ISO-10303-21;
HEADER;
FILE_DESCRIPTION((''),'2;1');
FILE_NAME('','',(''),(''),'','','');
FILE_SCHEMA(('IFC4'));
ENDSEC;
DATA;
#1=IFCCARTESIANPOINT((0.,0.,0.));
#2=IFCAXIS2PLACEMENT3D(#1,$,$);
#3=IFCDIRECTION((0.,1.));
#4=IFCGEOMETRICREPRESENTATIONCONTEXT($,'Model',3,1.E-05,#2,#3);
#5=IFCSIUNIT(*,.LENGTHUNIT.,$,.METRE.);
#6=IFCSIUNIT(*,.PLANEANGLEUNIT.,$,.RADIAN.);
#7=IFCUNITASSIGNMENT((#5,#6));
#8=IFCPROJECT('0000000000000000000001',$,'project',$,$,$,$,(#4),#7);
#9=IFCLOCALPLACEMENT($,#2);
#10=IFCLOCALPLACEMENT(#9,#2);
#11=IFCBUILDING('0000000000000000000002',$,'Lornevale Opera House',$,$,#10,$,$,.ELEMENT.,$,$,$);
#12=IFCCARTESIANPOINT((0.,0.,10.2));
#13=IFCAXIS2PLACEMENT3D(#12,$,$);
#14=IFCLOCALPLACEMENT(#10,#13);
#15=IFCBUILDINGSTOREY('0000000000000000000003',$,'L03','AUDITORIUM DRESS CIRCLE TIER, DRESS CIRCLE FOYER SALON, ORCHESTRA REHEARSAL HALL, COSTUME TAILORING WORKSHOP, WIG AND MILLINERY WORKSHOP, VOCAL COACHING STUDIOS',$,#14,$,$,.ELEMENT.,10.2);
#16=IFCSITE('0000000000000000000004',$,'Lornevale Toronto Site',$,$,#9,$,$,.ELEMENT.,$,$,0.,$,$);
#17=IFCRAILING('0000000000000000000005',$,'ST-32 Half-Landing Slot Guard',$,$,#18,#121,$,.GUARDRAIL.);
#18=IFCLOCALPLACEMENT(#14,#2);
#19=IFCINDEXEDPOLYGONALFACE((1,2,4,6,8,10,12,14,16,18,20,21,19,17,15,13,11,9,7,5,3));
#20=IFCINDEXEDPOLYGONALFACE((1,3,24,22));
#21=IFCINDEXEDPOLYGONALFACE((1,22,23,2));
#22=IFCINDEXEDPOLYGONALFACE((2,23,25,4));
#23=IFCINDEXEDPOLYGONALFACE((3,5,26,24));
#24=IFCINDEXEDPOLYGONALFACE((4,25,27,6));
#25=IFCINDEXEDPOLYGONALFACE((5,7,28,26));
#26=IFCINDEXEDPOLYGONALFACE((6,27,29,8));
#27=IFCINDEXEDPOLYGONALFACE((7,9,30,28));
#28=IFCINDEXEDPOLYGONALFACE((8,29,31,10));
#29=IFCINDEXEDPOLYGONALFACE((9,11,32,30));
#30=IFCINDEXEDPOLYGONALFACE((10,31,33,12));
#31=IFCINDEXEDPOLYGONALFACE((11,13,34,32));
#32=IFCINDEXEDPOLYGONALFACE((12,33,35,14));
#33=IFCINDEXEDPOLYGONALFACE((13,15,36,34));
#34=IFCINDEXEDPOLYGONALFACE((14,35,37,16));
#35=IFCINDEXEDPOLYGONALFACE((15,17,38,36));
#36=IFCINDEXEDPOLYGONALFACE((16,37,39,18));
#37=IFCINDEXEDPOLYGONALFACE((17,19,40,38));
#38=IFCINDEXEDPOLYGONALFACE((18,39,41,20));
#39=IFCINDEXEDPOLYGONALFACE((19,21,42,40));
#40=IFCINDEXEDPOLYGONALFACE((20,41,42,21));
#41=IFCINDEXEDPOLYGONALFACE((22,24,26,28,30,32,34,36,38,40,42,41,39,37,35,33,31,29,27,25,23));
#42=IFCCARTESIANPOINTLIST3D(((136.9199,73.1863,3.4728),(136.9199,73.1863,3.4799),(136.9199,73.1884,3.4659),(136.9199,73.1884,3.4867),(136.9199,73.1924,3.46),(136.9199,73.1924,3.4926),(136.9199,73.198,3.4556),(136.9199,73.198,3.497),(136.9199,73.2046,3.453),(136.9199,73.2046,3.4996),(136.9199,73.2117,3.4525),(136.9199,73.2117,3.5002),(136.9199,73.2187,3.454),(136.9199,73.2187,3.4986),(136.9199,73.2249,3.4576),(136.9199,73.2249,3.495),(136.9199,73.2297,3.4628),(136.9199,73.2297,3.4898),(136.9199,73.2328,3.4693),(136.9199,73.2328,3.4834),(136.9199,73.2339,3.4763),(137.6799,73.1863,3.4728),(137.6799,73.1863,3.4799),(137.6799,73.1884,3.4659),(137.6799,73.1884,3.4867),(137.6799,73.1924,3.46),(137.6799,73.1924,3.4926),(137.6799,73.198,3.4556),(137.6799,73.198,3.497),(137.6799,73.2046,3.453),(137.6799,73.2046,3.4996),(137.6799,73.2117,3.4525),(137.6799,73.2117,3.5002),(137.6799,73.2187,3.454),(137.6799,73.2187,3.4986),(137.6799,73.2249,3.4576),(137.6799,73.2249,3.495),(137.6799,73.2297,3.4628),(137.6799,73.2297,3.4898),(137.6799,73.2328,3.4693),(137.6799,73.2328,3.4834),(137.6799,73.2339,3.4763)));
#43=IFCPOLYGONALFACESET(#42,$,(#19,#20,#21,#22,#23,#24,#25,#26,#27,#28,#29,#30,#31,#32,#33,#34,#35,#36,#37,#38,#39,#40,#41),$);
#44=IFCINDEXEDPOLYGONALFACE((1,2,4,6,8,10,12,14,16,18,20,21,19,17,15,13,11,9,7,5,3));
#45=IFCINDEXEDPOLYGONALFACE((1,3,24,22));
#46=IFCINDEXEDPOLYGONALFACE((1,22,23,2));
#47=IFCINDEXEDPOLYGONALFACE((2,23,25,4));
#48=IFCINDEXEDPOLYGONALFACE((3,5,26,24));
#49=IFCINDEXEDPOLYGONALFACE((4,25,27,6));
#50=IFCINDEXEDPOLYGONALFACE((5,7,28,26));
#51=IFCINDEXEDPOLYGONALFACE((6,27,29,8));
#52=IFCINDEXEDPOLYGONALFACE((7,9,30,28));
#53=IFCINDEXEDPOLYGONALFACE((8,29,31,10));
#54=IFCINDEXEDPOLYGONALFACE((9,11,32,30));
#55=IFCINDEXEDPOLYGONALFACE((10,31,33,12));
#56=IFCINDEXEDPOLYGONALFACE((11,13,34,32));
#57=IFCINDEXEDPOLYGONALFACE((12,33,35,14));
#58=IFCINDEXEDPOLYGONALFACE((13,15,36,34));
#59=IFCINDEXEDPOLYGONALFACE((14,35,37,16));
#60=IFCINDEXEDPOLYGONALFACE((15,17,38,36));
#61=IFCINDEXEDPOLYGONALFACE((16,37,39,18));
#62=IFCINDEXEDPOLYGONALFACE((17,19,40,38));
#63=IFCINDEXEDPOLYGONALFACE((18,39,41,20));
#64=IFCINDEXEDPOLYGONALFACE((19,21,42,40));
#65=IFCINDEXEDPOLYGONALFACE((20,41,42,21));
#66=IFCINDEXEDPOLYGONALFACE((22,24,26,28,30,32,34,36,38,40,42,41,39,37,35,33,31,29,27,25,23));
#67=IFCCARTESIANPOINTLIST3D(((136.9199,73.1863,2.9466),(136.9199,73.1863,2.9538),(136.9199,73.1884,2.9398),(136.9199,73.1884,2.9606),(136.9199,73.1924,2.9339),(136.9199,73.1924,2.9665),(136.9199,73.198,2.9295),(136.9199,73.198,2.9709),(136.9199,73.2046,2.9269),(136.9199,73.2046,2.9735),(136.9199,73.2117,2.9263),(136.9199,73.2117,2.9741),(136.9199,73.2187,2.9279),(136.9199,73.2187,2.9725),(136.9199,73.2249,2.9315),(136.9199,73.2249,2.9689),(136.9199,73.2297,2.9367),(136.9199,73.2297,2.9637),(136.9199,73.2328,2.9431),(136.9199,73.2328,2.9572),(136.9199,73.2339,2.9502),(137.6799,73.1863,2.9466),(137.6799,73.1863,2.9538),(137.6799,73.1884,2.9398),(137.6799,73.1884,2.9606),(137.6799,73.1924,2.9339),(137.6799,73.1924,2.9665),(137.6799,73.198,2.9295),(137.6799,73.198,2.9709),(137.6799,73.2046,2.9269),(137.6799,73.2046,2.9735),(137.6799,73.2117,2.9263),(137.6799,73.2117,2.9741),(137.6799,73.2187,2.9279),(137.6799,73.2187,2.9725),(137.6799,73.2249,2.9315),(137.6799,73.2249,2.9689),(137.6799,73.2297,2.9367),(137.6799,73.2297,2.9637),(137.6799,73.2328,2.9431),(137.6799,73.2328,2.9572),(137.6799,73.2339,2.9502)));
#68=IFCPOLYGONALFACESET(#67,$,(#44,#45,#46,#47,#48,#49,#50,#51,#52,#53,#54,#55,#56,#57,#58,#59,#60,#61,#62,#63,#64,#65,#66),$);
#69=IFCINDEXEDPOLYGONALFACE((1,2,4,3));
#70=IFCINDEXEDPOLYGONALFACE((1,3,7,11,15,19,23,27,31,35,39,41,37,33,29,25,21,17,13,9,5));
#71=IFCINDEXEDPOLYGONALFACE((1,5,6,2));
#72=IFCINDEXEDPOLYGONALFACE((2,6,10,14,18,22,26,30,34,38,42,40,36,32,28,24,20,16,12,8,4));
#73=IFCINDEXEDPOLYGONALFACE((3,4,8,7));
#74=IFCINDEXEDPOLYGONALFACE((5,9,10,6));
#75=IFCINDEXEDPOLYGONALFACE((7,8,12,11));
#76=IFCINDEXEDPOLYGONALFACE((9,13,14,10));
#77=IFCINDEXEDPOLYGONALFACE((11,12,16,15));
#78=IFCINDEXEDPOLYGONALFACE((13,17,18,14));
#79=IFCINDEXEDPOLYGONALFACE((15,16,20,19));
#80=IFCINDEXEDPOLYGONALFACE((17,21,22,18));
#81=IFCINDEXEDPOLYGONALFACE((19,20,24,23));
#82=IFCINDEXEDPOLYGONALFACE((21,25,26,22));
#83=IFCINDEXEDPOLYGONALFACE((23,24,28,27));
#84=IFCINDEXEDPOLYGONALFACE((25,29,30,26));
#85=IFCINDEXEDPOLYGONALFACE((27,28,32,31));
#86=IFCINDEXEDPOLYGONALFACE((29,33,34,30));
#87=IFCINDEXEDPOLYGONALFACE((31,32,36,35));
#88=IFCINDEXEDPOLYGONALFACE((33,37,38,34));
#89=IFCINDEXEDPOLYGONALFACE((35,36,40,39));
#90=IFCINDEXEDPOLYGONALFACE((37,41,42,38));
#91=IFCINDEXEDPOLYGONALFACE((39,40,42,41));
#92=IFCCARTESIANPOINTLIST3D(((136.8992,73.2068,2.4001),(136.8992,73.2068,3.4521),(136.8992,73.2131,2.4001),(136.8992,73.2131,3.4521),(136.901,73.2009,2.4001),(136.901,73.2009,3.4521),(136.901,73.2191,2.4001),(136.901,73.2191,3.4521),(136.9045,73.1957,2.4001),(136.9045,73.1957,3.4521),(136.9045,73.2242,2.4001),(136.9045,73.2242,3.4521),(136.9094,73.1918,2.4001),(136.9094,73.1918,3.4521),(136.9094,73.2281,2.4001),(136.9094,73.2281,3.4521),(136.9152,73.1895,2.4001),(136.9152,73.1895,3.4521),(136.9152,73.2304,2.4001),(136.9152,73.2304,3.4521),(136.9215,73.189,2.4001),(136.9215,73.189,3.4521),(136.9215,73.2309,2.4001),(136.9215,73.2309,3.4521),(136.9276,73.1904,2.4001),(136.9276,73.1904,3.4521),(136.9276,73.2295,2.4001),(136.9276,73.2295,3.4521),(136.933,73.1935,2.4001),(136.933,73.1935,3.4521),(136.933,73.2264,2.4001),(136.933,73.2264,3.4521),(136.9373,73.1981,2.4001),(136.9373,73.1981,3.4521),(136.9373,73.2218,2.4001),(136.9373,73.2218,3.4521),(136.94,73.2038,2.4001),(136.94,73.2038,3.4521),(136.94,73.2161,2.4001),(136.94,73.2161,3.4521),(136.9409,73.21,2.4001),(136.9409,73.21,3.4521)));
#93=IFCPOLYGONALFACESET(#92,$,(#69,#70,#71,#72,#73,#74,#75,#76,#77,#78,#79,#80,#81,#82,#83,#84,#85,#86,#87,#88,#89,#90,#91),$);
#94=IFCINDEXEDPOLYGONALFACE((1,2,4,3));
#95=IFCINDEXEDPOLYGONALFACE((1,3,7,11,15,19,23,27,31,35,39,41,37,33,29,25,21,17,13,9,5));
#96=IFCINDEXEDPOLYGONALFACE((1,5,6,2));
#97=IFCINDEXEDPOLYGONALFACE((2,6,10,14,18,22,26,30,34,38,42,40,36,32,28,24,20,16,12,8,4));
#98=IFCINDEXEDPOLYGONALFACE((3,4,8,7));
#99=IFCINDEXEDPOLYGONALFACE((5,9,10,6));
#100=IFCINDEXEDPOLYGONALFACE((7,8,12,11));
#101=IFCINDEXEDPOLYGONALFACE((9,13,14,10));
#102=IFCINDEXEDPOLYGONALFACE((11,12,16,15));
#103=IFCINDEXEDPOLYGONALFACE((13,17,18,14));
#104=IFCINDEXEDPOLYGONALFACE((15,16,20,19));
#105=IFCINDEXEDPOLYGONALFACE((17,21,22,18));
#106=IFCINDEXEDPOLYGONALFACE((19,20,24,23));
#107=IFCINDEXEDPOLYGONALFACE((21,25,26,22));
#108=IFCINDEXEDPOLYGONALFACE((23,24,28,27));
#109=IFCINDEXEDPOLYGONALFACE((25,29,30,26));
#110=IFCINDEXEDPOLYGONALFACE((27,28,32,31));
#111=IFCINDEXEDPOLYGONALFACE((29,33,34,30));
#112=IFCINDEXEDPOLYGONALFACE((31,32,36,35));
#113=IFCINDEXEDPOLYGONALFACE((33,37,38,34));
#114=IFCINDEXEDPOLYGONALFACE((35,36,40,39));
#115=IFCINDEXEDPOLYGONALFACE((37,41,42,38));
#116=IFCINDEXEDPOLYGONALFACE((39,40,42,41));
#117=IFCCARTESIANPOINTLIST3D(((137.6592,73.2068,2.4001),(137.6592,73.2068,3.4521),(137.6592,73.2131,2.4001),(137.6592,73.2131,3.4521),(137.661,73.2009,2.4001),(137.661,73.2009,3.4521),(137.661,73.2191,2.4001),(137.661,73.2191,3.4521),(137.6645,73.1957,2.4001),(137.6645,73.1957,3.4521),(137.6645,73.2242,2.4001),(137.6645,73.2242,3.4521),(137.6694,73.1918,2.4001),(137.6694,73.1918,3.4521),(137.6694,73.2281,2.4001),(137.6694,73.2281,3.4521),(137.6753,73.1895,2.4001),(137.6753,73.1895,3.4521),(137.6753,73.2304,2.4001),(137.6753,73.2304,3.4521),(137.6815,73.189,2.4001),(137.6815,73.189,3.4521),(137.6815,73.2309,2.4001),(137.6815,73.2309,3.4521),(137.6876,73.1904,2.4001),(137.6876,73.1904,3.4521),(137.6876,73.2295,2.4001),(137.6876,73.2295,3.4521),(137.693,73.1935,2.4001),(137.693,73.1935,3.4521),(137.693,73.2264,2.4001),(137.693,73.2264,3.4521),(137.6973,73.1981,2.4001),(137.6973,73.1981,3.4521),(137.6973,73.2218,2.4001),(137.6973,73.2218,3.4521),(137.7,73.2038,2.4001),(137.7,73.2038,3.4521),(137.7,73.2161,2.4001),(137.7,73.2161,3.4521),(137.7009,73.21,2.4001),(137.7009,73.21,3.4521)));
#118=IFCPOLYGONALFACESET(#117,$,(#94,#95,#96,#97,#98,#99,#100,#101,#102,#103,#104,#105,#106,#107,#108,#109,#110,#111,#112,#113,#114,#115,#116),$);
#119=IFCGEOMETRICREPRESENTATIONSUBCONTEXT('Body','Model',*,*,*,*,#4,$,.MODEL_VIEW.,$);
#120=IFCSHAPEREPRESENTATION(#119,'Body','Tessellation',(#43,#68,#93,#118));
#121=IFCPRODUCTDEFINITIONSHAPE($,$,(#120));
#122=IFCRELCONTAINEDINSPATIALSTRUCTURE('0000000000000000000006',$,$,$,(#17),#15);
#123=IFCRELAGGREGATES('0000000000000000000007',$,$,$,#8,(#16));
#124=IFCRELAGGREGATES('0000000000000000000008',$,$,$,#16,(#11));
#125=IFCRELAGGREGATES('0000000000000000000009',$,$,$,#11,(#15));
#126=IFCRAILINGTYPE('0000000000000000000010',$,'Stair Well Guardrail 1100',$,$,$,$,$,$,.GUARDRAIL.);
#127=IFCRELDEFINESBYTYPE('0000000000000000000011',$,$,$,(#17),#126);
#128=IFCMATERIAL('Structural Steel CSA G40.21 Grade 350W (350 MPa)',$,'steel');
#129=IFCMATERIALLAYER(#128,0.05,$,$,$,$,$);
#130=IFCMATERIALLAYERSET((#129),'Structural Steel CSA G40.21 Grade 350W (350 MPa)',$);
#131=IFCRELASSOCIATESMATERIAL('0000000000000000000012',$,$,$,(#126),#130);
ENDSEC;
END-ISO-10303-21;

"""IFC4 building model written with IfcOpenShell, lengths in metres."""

from ifc_helpers import new_model, si_unit, direction, frame, origin, origin_2d, place, context, subcontext, project, spatial, circle, extrude, material, layer, layer_set, type_object, element, save


model = new_model("IFC4")

# Units and contexts
model_context = context("Model", 3, precision=1e-05, world=origin(), true_north=direction((0.0, 1.0)))
body_context = subcontext(model_context, "Body", "Model", "MODEL_VIEW")
ifc_project = project(units=[si_unit("LENGTHUNIT", "METRE"), si_unit("PLANEANGLEUNIT", "RADIAN")], contexts=[model_context])

# Site, building, storey
site_placement = place(None, origin())
site = spatial("IfcSite", under=ifc_project, at=site_placement, Name="Lornevale Toronto Site", CompositionType="ELEMENT", RefElevation=0.0)
building_placement = place(site_placement, origin())
building = spatial("IfcBuilding", under=site, at=building_placement, Name="Lornevale Opera House", CompositionType="ELEMENT")
storey_placement = place(building_placement, frame((0.0, 0.0, 10.2)))
storey = spatial("IfcBuildingStorey", under=building, at=storey_placement, Name="L03", Description="AUDITORIUM DRESS CIRCLE TIER, DRESS CIRCLE FOYER SALON, ORCHESTRA REHEARSAL HALL, COSTUME TAILORING WORKSHOP, WIG AND MILLINERY WORKSHOP, VOCAL COACHING STUDIOS", CompositionType="ELEMENT", Elevation=10.2)

# Shared definitions
ifc_material_1 = material(Name="Structural Steel CSA G40.21 Grade 350W (350 MPa)", Category="steel")

# Railing
ifc_layer_1 = layer(ifc_material_1, 0.05)
ifc_layer_set_1 = layer_set([ifc_layer_1], Name="Structural Steel CSA G40.21 Grade 350W (350 MPa)")
railing_type_1 = type_object("IfcRailingType", Name="Stair Well Guardrail 1100", PredefinedType="GUARDRAIL", material=ifc_layer_set_1)
railing_1_placement = place(storey_placement, frame((136.9199, 73.21, 2.4001)))
element("IfcRailing", 1, at=railing_1_placement, inside=storey, type_object=railing_type_1, Name="ST-32 Half-Landing Slot Guard", PredefinedType="GUARDRAIL", context=body_context, shape_type="SweptSolid", body=[
    extrude(circle(Radius=0.0239, at=origin_2d()), frame((0.0, 0.0, 1.0762), z_axis=(1.0, 0.0, 0.0), x_axis=(0.0, 1.0, 0.0)), (0.0, 0.0, 1.0), 0.76),
    extrude(circle(Radius=0.0239, at=origin_2d()), frame((0.0, 0.0, 0.55), z_axis=(1.0, 0.0, 0.0), x_axis=(0.0, 1.0, 0.0)), (0.0, 0.0, 1.0), 0.76),
    extrude(circle(Radius=0.021, at=origin_2d()), origin(), (0.0, 0.0, 1.0), 1.052),
    extrude(circle(Radius=0.021, at=origin_2d()), frame((0.76, 0.0, 0.0)), (0.0, 0.0, 1.0), 1.052),
])

save(model, "model.ifc")
